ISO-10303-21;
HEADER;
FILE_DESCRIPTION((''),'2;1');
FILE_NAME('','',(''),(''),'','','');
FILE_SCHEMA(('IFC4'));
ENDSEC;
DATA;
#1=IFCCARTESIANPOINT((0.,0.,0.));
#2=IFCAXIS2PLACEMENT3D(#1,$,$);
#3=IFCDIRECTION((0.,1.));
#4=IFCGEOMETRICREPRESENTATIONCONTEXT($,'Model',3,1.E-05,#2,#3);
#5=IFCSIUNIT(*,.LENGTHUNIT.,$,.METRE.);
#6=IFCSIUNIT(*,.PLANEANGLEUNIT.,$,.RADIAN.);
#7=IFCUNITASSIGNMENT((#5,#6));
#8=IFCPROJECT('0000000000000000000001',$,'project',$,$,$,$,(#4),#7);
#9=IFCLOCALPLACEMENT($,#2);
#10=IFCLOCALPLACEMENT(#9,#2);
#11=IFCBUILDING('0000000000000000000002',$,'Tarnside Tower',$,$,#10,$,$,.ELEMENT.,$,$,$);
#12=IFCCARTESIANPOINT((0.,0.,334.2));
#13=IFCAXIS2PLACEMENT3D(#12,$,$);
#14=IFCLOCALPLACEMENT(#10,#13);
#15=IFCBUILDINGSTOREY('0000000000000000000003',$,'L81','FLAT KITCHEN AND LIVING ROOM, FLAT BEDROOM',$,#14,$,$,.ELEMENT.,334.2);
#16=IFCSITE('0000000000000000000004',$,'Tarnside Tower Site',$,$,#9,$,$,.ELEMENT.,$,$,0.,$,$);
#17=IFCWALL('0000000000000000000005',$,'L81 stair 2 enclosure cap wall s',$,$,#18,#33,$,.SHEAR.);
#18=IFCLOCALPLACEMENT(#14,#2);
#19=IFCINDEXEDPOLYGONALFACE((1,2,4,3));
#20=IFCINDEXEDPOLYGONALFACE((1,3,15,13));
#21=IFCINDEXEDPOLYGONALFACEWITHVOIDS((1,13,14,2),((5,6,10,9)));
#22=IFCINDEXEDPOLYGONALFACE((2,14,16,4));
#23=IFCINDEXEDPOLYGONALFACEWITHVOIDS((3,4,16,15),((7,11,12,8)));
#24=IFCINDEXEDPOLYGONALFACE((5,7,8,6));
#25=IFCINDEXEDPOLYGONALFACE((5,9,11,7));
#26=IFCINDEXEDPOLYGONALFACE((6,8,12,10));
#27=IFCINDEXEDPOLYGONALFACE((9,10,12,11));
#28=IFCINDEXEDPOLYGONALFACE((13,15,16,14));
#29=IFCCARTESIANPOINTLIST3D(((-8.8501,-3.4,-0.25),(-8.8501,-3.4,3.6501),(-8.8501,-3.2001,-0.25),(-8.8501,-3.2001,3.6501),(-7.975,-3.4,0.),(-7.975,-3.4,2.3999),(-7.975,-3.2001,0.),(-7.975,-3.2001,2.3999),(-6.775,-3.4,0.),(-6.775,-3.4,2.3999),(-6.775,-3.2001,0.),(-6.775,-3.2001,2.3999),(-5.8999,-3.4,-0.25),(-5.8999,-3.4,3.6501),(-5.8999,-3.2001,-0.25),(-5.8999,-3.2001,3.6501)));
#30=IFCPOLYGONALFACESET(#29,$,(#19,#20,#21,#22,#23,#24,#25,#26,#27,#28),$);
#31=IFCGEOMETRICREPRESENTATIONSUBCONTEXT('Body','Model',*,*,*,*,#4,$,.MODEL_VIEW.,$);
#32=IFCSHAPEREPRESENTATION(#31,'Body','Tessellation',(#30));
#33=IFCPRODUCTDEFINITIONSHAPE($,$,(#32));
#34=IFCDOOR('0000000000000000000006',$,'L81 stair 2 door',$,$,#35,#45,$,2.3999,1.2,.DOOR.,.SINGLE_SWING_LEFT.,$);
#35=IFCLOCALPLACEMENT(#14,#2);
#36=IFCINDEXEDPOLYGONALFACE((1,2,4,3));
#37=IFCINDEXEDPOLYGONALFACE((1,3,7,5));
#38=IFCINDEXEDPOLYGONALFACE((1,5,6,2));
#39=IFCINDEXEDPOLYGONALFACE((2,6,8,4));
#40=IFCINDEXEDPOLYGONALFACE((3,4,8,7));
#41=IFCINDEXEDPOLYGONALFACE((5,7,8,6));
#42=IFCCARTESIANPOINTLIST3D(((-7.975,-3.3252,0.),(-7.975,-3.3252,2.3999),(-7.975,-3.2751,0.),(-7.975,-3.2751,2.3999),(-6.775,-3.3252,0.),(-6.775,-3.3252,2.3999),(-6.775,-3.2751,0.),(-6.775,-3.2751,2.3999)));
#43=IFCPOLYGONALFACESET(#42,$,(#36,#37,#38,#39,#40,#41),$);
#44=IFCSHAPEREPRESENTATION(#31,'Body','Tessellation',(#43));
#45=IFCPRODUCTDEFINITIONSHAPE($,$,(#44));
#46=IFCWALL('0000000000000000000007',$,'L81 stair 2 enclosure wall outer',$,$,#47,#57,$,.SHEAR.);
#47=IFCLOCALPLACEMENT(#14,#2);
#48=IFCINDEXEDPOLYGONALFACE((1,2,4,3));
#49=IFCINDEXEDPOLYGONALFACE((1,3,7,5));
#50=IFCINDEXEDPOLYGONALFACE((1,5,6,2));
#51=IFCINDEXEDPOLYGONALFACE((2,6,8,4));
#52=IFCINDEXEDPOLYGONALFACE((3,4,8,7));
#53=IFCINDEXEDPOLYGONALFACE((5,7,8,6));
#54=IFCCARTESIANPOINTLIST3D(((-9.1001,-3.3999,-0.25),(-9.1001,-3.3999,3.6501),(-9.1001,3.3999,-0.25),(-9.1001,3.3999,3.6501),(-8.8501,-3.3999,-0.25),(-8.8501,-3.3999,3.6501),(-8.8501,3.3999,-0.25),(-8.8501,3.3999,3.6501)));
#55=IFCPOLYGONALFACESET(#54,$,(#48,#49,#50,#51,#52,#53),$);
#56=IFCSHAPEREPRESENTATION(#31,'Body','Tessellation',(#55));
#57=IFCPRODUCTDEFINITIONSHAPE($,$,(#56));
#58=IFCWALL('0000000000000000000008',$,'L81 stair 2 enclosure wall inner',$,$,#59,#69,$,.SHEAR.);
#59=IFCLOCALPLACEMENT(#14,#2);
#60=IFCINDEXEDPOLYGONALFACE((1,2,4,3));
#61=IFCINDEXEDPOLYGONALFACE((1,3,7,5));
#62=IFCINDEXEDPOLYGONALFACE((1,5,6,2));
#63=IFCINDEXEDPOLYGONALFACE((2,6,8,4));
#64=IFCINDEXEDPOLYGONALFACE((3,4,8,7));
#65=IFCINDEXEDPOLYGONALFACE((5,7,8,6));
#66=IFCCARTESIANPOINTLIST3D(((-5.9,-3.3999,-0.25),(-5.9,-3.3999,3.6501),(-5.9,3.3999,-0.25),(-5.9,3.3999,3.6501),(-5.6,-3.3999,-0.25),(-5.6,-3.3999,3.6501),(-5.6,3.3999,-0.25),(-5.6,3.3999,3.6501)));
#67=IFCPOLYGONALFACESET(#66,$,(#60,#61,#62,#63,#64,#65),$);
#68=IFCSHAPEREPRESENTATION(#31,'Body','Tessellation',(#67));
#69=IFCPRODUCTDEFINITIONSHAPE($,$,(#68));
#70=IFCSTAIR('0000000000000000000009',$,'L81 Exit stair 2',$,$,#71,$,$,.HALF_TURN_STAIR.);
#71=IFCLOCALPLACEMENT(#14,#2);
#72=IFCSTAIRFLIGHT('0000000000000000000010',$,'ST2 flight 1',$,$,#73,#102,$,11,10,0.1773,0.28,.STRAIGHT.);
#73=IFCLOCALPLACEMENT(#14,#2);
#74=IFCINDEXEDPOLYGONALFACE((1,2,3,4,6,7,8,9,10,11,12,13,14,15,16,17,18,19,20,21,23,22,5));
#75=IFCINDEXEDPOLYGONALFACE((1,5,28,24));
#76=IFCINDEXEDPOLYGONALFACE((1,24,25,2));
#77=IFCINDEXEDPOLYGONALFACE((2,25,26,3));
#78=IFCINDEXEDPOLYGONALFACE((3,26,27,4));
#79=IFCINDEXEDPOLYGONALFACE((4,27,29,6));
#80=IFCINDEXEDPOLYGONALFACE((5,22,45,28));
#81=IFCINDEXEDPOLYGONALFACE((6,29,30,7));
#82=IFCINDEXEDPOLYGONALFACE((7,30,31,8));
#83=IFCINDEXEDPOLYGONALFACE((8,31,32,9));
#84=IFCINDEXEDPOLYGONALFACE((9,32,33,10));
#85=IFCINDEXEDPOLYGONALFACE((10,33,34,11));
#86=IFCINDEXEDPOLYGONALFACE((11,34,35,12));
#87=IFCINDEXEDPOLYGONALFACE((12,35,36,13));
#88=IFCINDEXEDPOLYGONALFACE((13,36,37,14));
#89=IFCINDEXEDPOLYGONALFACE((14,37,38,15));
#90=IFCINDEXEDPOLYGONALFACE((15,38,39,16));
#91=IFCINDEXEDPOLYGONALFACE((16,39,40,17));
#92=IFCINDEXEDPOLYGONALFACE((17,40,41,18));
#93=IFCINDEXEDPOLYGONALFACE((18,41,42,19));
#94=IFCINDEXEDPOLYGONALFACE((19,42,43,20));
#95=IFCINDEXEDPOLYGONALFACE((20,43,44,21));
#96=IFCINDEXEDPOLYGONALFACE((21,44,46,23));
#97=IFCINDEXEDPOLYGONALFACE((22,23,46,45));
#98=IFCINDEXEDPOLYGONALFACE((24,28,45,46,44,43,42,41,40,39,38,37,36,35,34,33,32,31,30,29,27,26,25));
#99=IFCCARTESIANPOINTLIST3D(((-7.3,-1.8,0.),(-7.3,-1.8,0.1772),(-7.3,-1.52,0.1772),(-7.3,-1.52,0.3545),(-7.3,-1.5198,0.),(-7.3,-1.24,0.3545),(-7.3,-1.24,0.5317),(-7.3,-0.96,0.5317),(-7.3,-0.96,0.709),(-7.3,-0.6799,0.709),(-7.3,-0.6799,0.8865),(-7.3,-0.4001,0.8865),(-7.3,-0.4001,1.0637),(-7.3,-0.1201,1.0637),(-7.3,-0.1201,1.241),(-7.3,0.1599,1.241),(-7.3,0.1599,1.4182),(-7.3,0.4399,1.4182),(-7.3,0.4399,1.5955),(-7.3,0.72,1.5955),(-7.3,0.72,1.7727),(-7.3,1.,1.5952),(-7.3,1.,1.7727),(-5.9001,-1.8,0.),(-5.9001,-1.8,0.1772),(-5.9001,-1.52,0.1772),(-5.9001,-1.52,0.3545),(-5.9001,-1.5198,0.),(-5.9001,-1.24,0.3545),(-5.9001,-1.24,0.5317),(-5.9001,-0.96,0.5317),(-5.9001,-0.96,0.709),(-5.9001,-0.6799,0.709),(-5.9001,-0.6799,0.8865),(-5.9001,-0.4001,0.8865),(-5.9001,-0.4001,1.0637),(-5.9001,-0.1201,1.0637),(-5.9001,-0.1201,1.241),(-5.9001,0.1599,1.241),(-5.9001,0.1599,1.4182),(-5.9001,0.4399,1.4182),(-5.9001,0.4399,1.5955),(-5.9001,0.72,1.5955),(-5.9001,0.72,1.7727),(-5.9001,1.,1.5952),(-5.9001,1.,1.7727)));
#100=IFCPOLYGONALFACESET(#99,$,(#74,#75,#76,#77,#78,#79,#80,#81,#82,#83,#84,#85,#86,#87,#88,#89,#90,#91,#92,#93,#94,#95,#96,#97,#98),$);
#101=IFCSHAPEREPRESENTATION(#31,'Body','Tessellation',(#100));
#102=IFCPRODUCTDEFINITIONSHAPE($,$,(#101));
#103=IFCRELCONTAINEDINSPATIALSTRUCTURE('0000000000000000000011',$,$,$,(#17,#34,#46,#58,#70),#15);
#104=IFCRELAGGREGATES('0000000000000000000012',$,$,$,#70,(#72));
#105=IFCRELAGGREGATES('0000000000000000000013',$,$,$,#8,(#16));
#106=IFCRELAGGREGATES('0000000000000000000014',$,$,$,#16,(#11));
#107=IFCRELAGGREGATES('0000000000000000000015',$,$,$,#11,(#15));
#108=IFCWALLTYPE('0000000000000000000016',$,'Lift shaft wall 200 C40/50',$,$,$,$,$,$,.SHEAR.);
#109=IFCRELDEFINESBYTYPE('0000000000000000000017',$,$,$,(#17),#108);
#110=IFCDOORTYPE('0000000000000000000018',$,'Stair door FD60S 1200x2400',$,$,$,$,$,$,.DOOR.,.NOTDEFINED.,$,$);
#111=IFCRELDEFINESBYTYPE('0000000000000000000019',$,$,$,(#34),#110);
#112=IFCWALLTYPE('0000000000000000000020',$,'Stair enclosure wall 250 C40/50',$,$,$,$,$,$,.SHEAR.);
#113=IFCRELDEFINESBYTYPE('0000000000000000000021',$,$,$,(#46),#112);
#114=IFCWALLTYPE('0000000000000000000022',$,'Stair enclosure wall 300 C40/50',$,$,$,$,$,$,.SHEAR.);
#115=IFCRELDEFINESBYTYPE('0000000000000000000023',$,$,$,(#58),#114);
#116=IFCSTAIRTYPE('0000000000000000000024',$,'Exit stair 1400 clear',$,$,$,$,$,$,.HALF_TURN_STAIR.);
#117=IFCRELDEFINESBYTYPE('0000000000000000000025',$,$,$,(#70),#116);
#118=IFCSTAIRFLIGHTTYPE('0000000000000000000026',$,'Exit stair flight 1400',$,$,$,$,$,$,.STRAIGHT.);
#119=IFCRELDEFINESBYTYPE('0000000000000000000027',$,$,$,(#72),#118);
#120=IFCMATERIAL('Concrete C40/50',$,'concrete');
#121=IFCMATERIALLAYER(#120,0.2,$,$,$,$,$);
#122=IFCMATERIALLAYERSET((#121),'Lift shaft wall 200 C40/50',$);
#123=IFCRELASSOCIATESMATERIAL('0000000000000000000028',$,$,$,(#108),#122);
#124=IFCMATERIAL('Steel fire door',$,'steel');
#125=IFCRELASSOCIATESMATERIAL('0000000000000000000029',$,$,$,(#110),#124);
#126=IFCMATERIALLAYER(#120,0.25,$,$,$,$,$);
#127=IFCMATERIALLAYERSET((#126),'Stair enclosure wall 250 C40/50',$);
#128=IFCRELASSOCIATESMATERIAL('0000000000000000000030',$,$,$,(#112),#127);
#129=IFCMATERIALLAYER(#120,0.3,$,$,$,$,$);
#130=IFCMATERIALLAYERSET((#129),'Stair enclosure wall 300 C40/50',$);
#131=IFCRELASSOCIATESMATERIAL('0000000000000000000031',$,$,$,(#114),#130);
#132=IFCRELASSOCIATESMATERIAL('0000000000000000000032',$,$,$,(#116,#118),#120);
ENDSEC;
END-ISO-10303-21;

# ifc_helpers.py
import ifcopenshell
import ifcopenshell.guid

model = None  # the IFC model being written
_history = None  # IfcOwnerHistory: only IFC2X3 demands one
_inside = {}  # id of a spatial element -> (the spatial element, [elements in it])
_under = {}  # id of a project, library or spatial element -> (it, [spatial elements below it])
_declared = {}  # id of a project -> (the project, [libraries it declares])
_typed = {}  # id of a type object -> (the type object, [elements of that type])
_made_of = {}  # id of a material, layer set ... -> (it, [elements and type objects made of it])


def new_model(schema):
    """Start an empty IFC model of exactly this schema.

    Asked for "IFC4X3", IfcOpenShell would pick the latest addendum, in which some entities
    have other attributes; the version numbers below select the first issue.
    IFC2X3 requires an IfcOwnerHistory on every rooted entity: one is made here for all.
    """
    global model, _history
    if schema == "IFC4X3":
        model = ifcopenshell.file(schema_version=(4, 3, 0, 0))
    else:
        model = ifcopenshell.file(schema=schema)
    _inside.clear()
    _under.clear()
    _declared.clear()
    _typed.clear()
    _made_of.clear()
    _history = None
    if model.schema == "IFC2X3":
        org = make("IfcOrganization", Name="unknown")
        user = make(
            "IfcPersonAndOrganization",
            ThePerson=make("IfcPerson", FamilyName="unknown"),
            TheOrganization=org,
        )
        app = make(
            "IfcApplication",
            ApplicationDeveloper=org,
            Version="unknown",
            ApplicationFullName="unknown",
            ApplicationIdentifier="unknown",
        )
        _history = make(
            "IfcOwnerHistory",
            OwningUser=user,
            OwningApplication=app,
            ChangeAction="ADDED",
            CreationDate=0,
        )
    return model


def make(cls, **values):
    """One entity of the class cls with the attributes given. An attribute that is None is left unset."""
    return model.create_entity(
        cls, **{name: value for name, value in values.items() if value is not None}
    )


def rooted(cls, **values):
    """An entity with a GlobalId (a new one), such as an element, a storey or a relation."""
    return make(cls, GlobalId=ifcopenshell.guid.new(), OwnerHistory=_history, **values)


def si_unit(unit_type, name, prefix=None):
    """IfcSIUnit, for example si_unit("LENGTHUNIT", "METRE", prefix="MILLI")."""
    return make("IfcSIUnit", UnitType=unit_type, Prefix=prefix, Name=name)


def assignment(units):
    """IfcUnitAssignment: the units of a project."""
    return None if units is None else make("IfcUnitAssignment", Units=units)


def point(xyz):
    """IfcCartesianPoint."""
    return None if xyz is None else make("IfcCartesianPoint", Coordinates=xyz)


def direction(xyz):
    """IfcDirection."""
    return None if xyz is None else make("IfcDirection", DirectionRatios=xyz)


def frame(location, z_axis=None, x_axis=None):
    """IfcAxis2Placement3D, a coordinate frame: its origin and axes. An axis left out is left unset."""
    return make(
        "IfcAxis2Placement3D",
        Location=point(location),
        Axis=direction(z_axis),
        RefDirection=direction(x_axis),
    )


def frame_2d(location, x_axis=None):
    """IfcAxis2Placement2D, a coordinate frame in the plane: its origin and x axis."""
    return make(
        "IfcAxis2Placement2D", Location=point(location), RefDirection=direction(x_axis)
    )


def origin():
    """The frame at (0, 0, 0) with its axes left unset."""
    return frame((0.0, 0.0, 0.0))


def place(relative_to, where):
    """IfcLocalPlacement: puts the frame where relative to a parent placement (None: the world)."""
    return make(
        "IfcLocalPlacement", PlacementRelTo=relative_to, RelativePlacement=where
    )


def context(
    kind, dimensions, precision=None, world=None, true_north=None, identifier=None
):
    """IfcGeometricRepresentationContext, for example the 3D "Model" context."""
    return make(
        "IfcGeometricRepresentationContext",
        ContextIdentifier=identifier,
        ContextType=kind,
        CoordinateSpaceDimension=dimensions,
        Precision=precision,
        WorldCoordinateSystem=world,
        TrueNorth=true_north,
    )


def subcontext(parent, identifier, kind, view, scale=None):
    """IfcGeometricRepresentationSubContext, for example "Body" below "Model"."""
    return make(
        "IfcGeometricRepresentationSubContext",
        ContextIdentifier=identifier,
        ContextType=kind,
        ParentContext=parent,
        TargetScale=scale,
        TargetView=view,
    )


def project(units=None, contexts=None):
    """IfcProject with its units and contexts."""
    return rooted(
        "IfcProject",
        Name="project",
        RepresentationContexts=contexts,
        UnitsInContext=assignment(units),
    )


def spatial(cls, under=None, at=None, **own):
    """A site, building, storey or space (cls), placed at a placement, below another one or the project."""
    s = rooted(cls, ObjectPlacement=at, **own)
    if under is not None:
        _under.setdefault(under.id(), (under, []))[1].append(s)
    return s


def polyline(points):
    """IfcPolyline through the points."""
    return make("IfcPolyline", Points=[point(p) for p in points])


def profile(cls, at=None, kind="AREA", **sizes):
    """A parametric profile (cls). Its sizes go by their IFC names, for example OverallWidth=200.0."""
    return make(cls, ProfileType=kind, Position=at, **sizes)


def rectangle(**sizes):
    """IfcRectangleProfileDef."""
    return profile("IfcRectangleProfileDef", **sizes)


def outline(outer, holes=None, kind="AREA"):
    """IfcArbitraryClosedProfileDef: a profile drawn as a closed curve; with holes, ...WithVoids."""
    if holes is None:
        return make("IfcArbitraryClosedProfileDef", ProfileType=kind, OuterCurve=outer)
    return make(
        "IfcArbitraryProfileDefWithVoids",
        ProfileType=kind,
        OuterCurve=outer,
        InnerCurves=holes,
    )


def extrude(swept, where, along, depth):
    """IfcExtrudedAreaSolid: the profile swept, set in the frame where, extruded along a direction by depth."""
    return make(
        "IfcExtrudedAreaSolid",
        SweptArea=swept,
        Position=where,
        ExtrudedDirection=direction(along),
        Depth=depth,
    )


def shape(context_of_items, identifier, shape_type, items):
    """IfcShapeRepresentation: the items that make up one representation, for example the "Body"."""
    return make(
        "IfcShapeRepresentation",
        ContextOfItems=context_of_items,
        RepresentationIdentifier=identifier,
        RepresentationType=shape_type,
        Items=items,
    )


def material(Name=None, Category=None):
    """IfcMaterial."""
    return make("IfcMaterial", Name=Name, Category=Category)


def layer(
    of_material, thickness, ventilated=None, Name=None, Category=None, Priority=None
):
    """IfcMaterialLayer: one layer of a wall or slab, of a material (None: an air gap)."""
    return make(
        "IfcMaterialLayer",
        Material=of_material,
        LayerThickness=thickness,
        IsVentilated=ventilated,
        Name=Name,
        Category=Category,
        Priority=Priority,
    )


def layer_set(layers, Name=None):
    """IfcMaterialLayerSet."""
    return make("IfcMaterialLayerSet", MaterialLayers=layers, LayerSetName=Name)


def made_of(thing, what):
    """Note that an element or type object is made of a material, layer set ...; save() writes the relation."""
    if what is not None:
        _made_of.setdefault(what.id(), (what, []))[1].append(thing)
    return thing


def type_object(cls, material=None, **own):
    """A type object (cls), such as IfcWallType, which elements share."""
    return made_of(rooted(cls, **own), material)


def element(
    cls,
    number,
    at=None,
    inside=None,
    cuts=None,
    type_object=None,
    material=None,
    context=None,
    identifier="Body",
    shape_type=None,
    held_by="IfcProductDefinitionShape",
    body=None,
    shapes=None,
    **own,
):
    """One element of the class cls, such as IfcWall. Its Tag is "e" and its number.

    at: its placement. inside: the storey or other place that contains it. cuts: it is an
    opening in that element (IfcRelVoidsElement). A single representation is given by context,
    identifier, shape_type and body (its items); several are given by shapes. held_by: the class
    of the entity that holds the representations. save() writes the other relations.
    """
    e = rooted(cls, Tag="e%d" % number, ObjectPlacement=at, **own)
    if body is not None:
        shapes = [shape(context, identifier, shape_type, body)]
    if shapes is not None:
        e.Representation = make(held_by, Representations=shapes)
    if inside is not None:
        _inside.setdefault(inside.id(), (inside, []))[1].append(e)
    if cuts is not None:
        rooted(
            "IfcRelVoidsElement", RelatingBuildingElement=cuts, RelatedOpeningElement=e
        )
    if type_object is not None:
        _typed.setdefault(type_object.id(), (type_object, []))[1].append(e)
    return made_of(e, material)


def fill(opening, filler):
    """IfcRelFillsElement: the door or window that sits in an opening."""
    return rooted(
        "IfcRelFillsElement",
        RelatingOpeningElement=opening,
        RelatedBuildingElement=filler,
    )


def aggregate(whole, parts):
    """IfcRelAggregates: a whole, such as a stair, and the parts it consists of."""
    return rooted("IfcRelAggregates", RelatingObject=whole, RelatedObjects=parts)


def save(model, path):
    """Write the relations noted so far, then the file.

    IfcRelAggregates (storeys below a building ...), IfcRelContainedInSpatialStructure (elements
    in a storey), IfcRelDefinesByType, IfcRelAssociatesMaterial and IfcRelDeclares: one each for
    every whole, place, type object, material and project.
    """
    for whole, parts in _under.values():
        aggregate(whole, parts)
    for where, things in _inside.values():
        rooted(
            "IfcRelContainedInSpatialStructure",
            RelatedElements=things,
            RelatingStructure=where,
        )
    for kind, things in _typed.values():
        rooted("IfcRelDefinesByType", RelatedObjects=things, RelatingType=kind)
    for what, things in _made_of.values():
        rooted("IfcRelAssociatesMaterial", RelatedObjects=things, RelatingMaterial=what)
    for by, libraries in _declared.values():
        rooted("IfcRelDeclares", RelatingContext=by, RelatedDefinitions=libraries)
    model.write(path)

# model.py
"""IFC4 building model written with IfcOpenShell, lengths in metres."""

from ifc_helpers import new_model, si_unit, direction, frame, frame_2d, origin, place, context, subcontext, project, spatial, polyline, rectangle, outline, extrude, material, layer, layer_set, type_object, element, fill, aggregate, save


model = new_model("IFC4")

# Units and contexts
model_context = context("Model", 3, precision=1e-05, world=origin(), true_north=direction((0.0, 1.0)))
body_context = subcontext(model_context, "Body", "Model", "MODEL_VIEW")
ifc_project = project(units=[si_unit("LENGTHUNIT", "METRE"), si_unit("PLANEANGLEUNIT", "RADIAN")], contexts=[model_context])

# Site, building, storey
site_placement = place(None, origin())
site = spatial("IfcSite", under=ifc_project, at=site_placement, Name="Tarnside Tower Site", CompositionType="ELEMENT", RefElevation=0.0)
building_placement = place(site_placement, origin())
building = spatial("IfcBuilding", under=site, at=building_placement, Name="Tarnside Tower", CompositionType="ELEMENT")
storey_placement = place(building_placement, frame((0.0, 0.0, 334.2)))
storey = spatial("IfcBuildingStorey", under=building, at=storey_placement, Name="L81", Description="FLAT KITCHEN AND LIVING ROOM, FLAT BEDROOM", CompositionType="ELEMENT", Elevation=334.2)

# Shared definitions
ifc_material_1 = material(Name="Concrete C40/50", Category="concrete")
ifc_material_2 = material(Name="Steel fire door", Category="steel")

# Shared definitions
ifc_layer_1 = layer(ifc_material_1, 0.2)
ifc_layer_set_1 = layer_set([ifc_layer_1], Name="Lift shaft wall 200 C40/50")
wall_type_1 = type_object("IfcWallType", Name="Lift shaft wall 200 C40/50", PredefinedType="SHEAR", material=ifc_layer_set_1)

# Wall, opening, door
wall_1_placement = place(storey_placement, frame((-8.8501, -3.3, -0.25), z_axis=(0.0, 0.0, 1.0), x_axis=(1.0, 0.0, 0.0)))
wall_1 = element("IfcWall", 1, at=wall_1_placement, inside=storey, type_object=wall_type_1, Name="L81 stair 2 enclosure cap wall s", PredefinedType="SHEAR", context=body_context, shape_type="SweptSolid", body=[
    extrude(rectangle(XDim=2.9502, YDim=0.2, at=frame_2d((1.4751, 0.0))), origin(), (0.0, 0.0, 1.0), 3.9001),
])
opening_1_placement = place(wall_1_placement, frame((0.875, 0.0, 0.25)))
opening_1 = element("IfcOpeningElement", 2, at=opening_1_placement, cuts=wall_1, PredefinedType="OPENING", context=body_context, shape_type="SweptSolid", body=[
    extrude(rectangle(XDim=1.2, YDim=2.3999, at=frame_2d((0.6001, 1.2))), frame((0.0, 0.1099, 0.0), z_axis=(0.0, -1.0, 0.0), x_axis=(1.0, 0.0, 0.0)), (0.0, 0.0, 1.0), 0.22),
])
door_type_1 = type_object("IfcDoorType", Name="Stair door FD60S 1200x2400", OperationType="NOTDEFINED", PredefinedType="DOOR", material=ifc_material_2)
door_1_placement = place(opening_1_placement, origin())
door_1 = element("IfcDoor", 3, at=door_1_placement, inside=storey, type_object=door_type_1, Name="L81 stair 2 door", OperationType="SINGLE_SWING_LEFT", OverallHeight=2.3999, OverallWidth=1.2, PredefinedType="DOOR", context=body_context, shape_type="SweptSolid", body=[
    extrude(rectangle(XDim=1.2, YDim=2.3999, at=frame_2d((0.6001, 1.2))), frame((0.0, 0.0249, 0.0), z_axis=(0.0, -1.0, 0.0), x_axis=(1.0, 0.0, 0.0)), (0.0, 0.0, 1.0), 0.05),
])
fill(opening_1, door_1)

# Walls
ifc_layer_2 = layer(ifc_material_1, 0.25)
ifc_layer_set_2 = layer_set([ifc_layer_2], Name="Stair enclosure wall 250 C40/50")
wall_type_2 = type_object("IfcWallType", Name="Stair enclosure wall 250 C40/50", PredefinedType="SHEAR", material=ifc_layer_set_2)
wall_2_placement = place(storey_placement, frame((-8.9751, -3.3999, -0.25), z_axis=(0.0, 0.0, 1.0), x_axis=(0.0, 1.0, 0.0)))
element("IfcWall", 4, at=wall_2_placement, inside=storey, type_object=wall_type_2, Name="L81 stair 2 enclosure wall outer", PredefinedType="SHEAR", context=body_context, shape_type="SweptSolid", body=[
    extrude(rectangle(XDim=6.7998, YDim=0.25, at=frame_2d((3.3999, 0.0))), origin(), (0.0, 0.0, 1.0), 3.9001),
])
ifc_layer_3 = layer(ifc_material_1, 0.3)
ifc_layer_set_3 = layer_set([ifc_layer_3], Name="Stair enclosure wall 300 C40/50")
wall_type_3 = type_object("IfcWallType", Name="Stair enclosure wall 300 C40/50", PredefinedType="SHEAR", material=ifc_layer_set_3)
wall_3_placement = place(storey_placement, frame((-5.75, -3.3999, -0.25), z_axis=(0.0, 0.0, 1.0), x_axis=(0.0, 1.0, 0.0)))
element("IfcWall", 5, at=wall_3_placement, inside=storey, type_object=wall_type_3, Name="L81 stair 2 enclosure wall inner", PredefinedType="SHEAR", context=body_context, shape_type="SweptSolid", body=[
    extrude(rectangle(XDim=6.7998, YDim=0.3, at=frame_2d((3.3999, 0.0))), origin(), (0.0, 0.0, 1.0), 3.9001),
])

# Stair, stair flight
stair_type = type_object("IfcStairType", Name="Exit stair 1400 clear", PredefinedType="HALF_TURN_STAIR", material=ifc_material_1)
stair_placement = place(storey_placement, origin())
stair = element("IfcStair", 6, at=stair_placement, inside=storey, type_object=stair_type, Name="L81 Exit stair 2", PredefinedType="HALF_TURN_STAIR")
stair_flight_type = type_object("IfcStairFlightType", Name="Exit stair flight 1400", PredefinedType="STRAIGHT", material=ifc_material_1)
stair_flight_placement = place(storey_placement, frame((-6.6001, -1.8, 0.0), z_axis=(0.0, 0.0, 1.0), x_axis=(0.0, 1.0, 0.0)))
stair_flight = element("IfcStairFlight", 7, at=stair_flight_placement, type_object=stair_flight_type, Name="ST2 flight 1", NumberOfRisers=11, NumberOfTreads=10, PredefinedType="STRAIGHT", RiserHeight=0.1773, TreadLength=0.28, context=body_context, shape_type="SweptSolid", body=[
    extrude(outline(polyline([(0.0, 0.0), (0.0, 0.1772), (0.28, 0.1772), (0.28, 0.3545), (0.5601, 0.3545), (0.5601, 0.5317), (0.8401, 0.5317), (0.8401, 0.709), (1.1201, 0.709), (1.1201, 0.8865), (1.3999, 0.8865), (1.3999, 1.0637), (1.6799, 1.0637), (1.6799, 1.241), (1.96, 1.241), (1.96, 1.4182), (2.24, 1.4182), (2.24, 1.5955), (2.52, 1.5955), (2.52, 1.7727), (2.8, 1.7727), (2.8, 1.95), (2.8, 1.5952), (0.2803, 0.0), (0.0, 0.0)])), frame((0.0, 0.7, 0.0), z_axis=(0.0, -1.0, 0.0), x_axis=(1.0, 0.0, 0.0)), (0.0, 0.0, 1.0), 1.3999),
])
aggregate(stair, [stair_flight])

save(model, "model.ifc")
